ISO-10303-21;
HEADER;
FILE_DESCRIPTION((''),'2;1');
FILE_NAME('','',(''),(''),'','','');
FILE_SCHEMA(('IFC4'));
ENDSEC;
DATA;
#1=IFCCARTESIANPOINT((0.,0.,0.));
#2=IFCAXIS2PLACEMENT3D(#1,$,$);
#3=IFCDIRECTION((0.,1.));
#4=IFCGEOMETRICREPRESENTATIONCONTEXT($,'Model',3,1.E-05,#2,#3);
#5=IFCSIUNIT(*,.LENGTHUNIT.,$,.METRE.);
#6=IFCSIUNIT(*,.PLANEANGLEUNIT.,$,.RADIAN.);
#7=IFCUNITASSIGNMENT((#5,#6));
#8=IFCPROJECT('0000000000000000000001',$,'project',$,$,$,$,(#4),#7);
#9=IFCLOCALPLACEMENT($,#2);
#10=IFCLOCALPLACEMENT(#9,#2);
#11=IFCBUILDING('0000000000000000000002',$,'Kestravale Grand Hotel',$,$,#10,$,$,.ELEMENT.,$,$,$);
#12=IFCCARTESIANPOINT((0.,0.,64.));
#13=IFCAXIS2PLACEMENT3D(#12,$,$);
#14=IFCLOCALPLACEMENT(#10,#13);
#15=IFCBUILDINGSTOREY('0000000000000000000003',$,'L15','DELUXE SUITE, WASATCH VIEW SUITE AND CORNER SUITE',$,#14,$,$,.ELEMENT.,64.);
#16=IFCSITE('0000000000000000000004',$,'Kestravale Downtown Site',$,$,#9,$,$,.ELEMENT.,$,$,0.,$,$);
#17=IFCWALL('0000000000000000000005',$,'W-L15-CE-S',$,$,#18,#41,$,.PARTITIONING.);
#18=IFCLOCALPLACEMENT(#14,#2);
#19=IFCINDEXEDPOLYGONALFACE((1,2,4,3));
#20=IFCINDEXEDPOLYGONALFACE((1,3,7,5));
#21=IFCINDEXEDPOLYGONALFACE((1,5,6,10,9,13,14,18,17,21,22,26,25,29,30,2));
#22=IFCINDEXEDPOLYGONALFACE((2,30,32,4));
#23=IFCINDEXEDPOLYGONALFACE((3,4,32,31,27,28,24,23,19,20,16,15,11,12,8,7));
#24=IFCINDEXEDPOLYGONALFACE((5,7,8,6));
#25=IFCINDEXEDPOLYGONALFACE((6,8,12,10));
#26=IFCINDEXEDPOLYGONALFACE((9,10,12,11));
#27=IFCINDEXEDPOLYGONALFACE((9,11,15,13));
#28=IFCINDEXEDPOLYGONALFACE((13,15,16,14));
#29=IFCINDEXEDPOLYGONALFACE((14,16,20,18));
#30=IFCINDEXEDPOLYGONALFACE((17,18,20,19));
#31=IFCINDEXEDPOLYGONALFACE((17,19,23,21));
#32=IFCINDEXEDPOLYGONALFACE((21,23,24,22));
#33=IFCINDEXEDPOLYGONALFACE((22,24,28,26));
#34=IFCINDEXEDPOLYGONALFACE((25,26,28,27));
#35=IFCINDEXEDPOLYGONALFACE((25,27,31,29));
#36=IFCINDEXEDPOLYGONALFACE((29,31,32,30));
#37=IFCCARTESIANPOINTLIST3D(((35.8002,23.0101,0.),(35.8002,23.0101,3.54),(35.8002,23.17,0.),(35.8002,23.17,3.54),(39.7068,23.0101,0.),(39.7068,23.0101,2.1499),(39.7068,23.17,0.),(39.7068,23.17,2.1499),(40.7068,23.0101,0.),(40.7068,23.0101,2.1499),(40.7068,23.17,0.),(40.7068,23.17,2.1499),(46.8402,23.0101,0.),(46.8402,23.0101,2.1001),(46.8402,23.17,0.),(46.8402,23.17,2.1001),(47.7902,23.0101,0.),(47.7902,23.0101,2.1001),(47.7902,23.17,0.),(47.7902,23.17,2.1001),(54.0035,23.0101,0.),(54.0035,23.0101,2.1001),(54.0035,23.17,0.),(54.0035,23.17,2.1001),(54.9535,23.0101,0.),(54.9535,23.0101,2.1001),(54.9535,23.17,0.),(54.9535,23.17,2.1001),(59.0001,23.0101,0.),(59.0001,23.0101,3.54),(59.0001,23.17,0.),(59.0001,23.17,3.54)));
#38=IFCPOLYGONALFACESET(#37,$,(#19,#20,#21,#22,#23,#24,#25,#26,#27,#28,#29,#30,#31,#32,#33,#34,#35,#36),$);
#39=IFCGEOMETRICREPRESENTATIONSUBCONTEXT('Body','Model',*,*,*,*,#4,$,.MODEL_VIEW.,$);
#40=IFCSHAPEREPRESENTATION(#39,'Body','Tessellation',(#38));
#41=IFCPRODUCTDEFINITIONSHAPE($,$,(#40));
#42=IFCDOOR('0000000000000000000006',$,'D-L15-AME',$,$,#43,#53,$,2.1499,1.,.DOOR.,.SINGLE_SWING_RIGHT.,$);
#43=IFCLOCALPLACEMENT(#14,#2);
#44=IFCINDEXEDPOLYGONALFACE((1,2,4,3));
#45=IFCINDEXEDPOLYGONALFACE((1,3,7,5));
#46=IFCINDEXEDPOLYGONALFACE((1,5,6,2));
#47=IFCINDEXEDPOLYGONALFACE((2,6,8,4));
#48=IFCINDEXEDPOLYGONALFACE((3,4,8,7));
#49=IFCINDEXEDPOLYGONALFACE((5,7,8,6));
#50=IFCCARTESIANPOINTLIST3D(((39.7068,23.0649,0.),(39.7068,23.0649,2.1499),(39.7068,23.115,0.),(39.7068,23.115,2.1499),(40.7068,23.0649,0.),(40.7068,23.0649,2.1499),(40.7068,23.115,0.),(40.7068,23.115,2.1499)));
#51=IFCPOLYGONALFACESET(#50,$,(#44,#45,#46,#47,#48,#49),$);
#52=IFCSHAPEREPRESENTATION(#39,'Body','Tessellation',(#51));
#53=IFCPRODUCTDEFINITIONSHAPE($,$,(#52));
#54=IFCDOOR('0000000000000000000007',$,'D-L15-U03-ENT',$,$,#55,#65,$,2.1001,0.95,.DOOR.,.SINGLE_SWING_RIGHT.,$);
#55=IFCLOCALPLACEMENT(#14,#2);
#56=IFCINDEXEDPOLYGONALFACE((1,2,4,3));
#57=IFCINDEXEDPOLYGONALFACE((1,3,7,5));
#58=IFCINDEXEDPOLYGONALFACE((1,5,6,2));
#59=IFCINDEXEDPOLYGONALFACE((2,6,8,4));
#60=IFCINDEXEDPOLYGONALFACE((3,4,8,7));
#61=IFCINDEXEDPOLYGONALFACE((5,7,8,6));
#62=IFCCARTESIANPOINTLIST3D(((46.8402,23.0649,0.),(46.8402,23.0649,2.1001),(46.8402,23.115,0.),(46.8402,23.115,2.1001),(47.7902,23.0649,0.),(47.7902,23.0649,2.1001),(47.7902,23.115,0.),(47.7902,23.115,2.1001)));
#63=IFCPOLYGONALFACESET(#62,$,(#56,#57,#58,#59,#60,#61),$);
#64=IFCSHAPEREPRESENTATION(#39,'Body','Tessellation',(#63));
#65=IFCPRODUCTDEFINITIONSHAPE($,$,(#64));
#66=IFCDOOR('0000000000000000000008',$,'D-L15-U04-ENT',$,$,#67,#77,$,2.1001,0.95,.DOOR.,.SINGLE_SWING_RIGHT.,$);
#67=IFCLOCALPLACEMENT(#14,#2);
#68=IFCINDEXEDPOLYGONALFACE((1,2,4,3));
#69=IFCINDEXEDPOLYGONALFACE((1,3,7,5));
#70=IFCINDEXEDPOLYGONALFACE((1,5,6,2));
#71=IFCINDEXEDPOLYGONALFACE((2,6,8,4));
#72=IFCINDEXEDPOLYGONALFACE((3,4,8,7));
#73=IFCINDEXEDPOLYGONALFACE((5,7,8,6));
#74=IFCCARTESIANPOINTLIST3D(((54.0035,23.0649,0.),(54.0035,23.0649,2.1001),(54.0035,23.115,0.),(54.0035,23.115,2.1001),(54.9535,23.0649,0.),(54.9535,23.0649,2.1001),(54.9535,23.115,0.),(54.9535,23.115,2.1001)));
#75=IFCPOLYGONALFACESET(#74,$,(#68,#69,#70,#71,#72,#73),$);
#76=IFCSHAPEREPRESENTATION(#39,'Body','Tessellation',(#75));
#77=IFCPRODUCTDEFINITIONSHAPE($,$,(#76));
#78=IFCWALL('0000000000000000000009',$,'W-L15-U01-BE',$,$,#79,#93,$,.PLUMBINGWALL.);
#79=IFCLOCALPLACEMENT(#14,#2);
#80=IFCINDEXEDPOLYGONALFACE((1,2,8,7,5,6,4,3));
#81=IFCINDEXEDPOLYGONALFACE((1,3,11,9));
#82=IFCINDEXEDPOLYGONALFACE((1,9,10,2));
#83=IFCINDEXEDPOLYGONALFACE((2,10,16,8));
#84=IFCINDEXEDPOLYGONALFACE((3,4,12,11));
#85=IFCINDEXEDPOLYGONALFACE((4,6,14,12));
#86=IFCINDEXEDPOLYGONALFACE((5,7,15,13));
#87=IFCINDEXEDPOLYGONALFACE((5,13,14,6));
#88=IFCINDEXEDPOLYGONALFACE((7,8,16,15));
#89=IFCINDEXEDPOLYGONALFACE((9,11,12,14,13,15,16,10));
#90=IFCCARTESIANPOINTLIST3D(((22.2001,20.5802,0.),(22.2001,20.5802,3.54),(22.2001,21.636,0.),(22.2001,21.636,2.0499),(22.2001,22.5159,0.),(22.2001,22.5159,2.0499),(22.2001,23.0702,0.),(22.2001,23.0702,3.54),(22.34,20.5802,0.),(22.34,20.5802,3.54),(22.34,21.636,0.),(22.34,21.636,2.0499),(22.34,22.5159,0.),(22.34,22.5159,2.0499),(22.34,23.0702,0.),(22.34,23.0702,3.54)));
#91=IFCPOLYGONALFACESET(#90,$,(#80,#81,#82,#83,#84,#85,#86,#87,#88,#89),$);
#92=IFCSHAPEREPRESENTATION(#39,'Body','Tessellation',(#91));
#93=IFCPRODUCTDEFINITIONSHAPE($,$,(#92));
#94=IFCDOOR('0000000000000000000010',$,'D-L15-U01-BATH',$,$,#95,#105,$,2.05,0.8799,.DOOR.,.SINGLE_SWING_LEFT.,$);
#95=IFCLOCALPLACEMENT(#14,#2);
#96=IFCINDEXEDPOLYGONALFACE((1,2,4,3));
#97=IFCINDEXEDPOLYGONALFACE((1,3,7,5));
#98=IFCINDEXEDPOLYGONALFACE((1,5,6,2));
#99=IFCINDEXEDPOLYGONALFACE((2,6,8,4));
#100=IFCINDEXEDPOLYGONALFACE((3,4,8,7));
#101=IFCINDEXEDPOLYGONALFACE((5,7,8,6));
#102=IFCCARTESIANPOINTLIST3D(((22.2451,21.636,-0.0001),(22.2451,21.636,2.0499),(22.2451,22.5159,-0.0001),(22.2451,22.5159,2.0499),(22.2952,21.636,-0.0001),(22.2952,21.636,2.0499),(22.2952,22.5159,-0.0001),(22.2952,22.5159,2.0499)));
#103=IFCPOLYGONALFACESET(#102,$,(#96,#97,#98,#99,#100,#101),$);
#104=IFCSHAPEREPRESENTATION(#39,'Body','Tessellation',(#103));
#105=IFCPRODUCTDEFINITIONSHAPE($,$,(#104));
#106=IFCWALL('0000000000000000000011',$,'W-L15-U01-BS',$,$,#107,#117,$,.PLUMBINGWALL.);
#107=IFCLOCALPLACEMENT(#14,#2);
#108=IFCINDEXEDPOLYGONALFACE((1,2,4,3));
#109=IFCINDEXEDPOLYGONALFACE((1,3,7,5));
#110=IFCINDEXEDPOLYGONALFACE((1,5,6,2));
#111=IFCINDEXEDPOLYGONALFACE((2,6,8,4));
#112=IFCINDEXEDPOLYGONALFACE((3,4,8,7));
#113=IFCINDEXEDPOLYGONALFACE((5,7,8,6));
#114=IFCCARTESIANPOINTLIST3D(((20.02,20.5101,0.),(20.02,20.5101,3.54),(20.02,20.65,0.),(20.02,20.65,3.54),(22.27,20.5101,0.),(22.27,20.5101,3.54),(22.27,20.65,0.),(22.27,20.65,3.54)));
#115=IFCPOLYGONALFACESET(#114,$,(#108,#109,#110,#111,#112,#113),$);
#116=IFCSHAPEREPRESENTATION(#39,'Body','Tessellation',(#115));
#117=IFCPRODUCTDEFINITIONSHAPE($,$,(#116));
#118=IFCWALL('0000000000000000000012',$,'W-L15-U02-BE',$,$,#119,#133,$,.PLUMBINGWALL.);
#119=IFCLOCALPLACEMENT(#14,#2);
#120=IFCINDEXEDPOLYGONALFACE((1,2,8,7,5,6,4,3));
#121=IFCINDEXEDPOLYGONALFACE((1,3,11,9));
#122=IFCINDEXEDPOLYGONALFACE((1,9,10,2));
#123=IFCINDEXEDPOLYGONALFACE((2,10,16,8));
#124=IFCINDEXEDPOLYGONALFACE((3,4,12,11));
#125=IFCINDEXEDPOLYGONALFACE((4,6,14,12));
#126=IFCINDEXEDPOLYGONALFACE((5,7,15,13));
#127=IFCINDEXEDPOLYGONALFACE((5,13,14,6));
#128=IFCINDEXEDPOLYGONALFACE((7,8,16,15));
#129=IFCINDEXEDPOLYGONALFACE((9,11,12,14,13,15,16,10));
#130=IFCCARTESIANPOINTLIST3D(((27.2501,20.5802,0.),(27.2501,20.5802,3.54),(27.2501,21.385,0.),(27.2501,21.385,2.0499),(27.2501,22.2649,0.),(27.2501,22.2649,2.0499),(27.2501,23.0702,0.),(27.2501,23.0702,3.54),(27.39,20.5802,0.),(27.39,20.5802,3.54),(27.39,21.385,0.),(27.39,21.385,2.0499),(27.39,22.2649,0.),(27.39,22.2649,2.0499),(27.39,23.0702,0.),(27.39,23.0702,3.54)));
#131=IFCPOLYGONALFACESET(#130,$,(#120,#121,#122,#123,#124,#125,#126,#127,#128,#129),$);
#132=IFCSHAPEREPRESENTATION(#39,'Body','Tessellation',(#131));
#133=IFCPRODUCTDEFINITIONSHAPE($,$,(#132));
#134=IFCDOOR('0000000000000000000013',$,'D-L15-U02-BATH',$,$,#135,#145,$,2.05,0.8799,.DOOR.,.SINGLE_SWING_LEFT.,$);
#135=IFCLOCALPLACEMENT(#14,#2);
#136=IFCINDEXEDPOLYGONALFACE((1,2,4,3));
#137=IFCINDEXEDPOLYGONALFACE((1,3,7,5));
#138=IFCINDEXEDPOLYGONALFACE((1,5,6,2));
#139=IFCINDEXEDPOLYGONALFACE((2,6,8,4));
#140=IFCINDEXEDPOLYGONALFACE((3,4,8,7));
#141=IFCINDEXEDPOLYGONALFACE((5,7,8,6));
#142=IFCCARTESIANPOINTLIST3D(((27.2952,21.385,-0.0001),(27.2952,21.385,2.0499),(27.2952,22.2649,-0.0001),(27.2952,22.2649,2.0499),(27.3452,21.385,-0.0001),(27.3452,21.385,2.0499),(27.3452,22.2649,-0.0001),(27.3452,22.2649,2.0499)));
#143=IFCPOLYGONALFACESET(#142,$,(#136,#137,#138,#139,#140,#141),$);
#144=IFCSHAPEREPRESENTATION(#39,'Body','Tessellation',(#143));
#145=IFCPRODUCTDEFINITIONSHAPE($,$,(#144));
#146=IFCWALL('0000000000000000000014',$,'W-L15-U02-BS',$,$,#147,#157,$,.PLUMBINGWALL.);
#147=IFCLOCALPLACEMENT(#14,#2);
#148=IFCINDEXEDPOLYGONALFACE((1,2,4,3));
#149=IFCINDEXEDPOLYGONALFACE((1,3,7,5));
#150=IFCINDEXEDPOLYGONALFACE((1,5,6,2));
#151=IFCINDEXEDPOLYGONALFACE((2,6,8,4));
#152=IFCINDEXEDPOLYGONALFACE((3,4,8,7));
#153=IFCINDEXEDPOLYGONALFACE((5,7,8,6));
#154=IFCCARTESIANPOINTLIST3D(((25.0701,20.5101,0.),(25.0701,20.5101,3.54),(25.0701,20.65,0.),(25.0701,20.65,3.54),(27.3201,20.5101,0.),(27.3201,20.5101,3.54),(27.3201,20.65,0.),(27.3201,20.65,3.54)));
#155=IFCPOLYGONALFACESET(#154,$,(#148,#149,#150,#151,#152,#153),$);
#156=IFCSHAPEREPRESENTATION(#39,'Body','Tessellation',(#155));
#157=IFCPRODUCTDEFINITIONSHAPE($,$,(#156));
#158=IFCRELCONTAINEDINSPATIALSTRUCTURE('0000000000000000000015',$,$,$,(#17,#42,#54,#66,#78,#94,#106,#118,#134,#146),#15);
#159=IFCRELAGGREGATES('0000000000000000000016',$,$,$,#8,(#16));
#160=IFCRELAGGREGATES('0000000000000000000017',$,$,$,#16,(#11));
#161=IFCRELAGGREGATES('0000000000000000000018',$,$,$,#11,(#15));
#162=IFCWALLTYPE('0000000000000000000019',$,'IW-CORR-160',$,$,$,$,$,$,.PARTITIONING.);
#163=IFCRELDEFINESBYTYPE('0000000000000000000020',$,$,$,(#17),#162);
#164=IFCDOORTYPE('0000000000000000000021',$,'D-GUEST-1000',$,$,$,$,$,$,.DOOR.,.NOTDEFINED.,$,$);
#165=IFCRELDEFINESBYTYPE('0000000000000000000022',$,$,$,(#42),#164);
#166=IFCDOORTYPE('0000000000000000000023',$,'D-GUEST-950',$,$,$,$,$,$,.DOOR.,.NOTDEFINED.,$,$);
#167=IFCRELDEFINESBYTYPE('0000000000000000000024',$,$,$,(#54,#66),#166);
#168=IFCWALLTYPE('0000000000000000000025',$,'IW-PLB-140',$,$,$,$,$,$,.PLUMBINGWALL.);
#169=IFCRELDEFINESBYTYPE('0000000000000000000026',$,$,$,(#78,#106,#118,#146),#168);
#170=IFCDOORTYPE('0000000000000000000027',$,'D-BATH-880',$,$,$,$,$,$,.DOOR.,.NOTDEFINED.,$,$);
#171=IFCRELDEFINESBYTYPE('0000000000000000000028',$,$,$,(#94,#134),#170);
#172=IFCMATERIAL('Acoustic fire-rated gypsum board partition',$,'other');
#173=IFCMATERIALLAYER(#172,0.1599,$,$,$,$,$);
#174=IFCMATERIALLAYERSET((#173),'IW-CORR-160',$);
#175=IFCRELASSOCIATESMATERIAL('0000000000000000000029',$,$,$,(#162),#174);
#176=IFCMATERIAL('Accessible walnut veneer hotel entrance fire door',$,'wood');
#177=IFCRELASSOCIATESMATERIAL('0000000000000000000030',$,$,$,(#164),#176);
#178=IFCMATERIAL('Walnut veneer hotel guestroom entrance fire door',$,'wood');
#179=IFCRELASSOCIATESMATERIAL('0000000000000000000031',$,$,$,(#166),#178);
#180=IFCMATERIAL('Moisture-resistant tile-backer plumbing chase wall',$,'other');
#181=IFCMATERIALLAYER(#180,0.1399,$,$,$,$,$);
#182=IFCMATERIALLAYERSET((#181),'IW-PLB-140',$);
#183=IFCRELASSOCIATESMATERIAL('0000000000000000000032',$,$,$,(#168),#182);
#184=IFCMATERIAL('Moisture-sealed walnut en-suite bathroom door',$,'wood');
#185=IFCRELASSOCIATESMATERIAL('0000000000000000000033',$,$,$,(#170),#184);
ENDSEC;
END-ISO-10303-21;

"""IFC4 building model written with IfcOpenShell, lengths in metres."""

from ifc_helpers import new_model, si_unit, direction, frame, frame_2d, origin, place, context, subcontext, project, spatial, rectangle, extrude, material, layer, layer_set, type_object, element, fill, save


model = new_model("IFC4")

# Units and contexts
model_context = context("Model", 3, precision=1e-05, world=origin(), true_north=direction((0.0, 1.0)))
body_context = subcontext(model_context, "Body", "Model", "MODEL_VIEW")
ifc_project = project(units=[si_unit("LENGTHUNIT", "METRE"), si_unit("PLANEANGLEUNIT", "RADIAN")], contexts=[model_context])

# Site, building, storey
site_placement = place(None, origin())
site = spatial("IfcSite", under=ifc_project, at=site_placement, Name="Kestravale Downtown Site", CompositionType="ELEMENT", RefElevation=0.0)
building_placement = place(site_placement, origin())
building = spatial("IfcBuilding", under=site, at=building_placement, Name="Kestravale Grand Hotel", CompositionType="ELEMENT")
storey_placement = place(building_placement, frame((0.0, 0.0, 64.0)))
storey = spatial("IfcBuildingStorey", under=building, at=storey_placement, Name="L15", Description="DELUXE SUITE, WASATCH VIEW SUITE AND CORNER SUITE", CompositionType="ELEMENT", Elevation=64.0)

# Shared definitions
ifc_material_1 = material(Name="Acoustic fire-rated gypsum board partition", Category="other")
ifc_layer_1 = layer(ifc_material_1, 0.1599)
ifc_layer_set_1 = layer_set([ifc_layer_1], Name="IW-CORR-160")
wall_type_1 = type_object("IfcWallType", Name="IW-CORR-160", PredefinedType="PARTITIONING", material=ifc_layer_set_1)

# Wall, openings, doors
wall_1_placement = place(storey_placement, frame((35.8, 23.0901, 0.0), z_axis=(0.0, 0.0, 1.0), x_axis=(1.0, 0.0, 0.0)))
wall_1 = element("IfcWall", 1, at=wall_1_placement, inside=storey, type_object=wall_type_1, Name="W-L15-CE-S", PredefinedType="PARTITIONING", context=body_context, shape_type="SweptSolid", body=[
    extrude(rectangle(XDim=23.2, YDim=0.1599, at=frame_2d((11.6001, 0.0))), origin(), (0.0, 0.0, 1.0), 3.54),
])
opening_1_placement = place(wall_1_placement, frame((3.9067, 0.0, 0.0)))
opening_1 = element("IfcOpeningElement", 2, at=opening_1_placement, cuts=wall_1, PredefinedType="OPENING", context=body_context, shape_type="SweptSolid", body=[
    extrude(rectangle(XDim=1.0, YDim=2.1499, at=frame_2d((0.5, 1.075))), frame((0.0, 0.0898, 0.0), z_axis=(0.0, -1.0, 0.0), x_axis=(1.0, 0.0, 0.0)), (0.0, 0.0, 1.0), 0.1799),
])
opening_2_placement = place(wall_1_placement, frame((11.04, 0.0, 0.0)))
opening_2 = element("IfcOpeningElement", 3, at=opening_2_placement, cuts=wall_1, PredefinedType="OPENING", context=body_context, shape_type="SweptSolid", body=[
    extrude(rectangle(XDim=0.95, YDim=2.1001, at=frame_2d((0.4751, 1.05))), frame((0.0, 0.0898, 0.0), z_axis=(0.0, -1.0, 0.0), x_axis=(1.0, 0.0, 0.0)), (0.0, 0.0, 1.0), 0.1799),
])
opening_3_placement = place(wall_1_placement, frame((18.2034, 0.0, 0.0)))
opening_3 = element("IfcOpeningElement", 4, at=opening_3_placement, cuts=wall_1, PredefinedType="OPENING", context=body_context, shape_type="SweptSolid", body=[
    extrude(rectangle(XDim=0.95, YDim=2.1001, at=frame_2d((0.4751, 1.05))), frame((0.0, 0.0898, 0.0), z_axis=(0.0, -1.0, 0.0), x_axis=(1.0, 0.0, 0.0)), (0.0, 0.0, 1.0), 0.1799),
])
ifc_material_2 = material(Name="Accessible walnut veneer hotel entrance fire door", Category="wood")
door_type_1 = type_object("IfcDoorType", Name="D-GUEST-1000", OperationType="NOTDEFINED", PredefinedType="DOOR", material=ifc_material_2)
door_1_placement = place(opening_1_placement, origin())
door_1 = element("IfcDoor", 5, at=door_1_placement, inside=storey, type_object=door_type_1, Name="D-L15-AME", OperationType="SINGLE_SWING_RIGHT", OverallHeight=2.1499, OverallWidth=1.0, PredefinedType="DOOR", context=body_context, shape_type="SweptSolid", body=[
    extrude(rectangle(XDim=1.0, YDim=2.1499, at=frame_2d((0.5, 1.075))), frame((0.0, 0.0249, 0.0), z_axis=(0.0, -1.0, 0.0), x_axis=(1.0, 0.0, 0.0)), (0.0, 0.0, 1.0), 0.05),
])
fill(opening_1, door_1)
ifc_material_3 = material(Name="Walnut veneer hotel guestroom entrance fire door", Category="wood")
door_type_2 = type_object("IfcDoorType", Name="D-GUEST-950", OperationType="NOTDEFINED", PredefinedType="DOOR", material=ifc_material_3)
door_2_placement = place(opening_2_placement, origin())
door_2 = element("IfcDoor", 6, at=door_2_placement, inside=storey, type_object=door_type_2, Name="D-L15-U03-ENT", OperationType="SINGLE_SWING_RIGHT", OverallHeight=2.1001, OverallWidth=0.95, PredefinedType="DOOR", context=body_context, shape_type="SweptSolid", body=[
    extrude(rectangle(XDim=0.95, YDim=2.1001, at=frame_2d((0.4751, 1.05))), frame((0.0, 0.0249, 0.0), z_axis=(0.0, -1.0, 0.0), x_axis=(1.0, 0.0, 0.0)), (0.0, 0.0, 1.0), 0.05),
])
fill(opening_2, door_2)
door_3_placement = place(opening_3_placement, origin())
door_3 = element("IfcDoor", 7, at=door_3_placement, inside=storey, type_object=door_type_2, Name="D-L15-U04-ENT", OperationType="SINGLE_SWING_RIGHT", OverallHeight=2.1001, OverallWidth=0.95, PredefinedType="DOOR", context=body_context, shape_type="SweptSolid", body=[
    extrude(rectangle(XDim=0.95, YDim=2.1001, at=frame_2d((0.4751, 1.05))), frame((0.0, 0.0249, 0.0), z_axis=(0.0, -1.0, 0.0), x_axis=(1.0, 0.0, 0.0)), (0.0, 0.0, 1.0), 0.05),
])
fill(opening_3, door_3)

# Wall, opening, door
ifc_material_4 = material(Name="Moisture-resistant tile-backer plumbing chase wall", Category="other")
ifc_layer_2 = layer(ifc_material_4, 0.1399)
ifc_layer_set_2 = layer_set([ifc_layer_2], Name="IW-PLB-140")
wall_type_2 = type_object("IfcWallType", Name="IW-PLB-140", PredefinedType="PLUMBINGWALL", material=ifc_layer_set_2)
wall_2_placement = place(storey_placement, frame((22.27, 20.5801, 0.0), z_axis=(0.0, 0.0, 1.0), x_axis=(0.0, 1.0, 0.0)))
wall_2 = element("IfcWall", 8, at=wall_2_placement, inside=storey, type_object=wall_type_2, Name="W-L15-U01-BE", PredefinedType="PLUMBINGWALL", context=body_context, shape_type="SweptSolid", body=[
    extrude(rectangle(XDim=2.49, YDim=0.1399, at=frame_2d((1.2451, 0.0))), origin(), (0.0, 0.0, 1.0), 3.54),
])
opening_4_placement = place(wall_2_placement, frame((1.0559, 0.0, 0.0)))
opening_4 = element("IfcOpeningElement", 9, at=opening_4_placement, cuts=wall_2, PredefinedType="OPENING", context=body_context, shape_type="SweptSolid", body=[
    extrude(rectangle(XDim=0.8799, YDim=2.05, at=frame_2d((0.4399, 1.0249))), frame((0.0, 0.0798, 0.0), z_axis=(0.0, -1.0, 0.0), x_axis=(1.0, 0.0, 0.0)), (0.0, 0.0, 1.0), 0.1599),
])
ifc_material_5 = material(Name="Moisture-sealed walnut en-suite bathroom door", Category="wood")
door_type_3 = type_object("IfcDoorType", Name="D-BATH-880", OperationType="NOTDEFINED", PredefinedType="DOOR", material=ifc_material_5)
door_4_placement = place(opening_4_placement, origin())
door_4 = element("IfcDoor", 10, at=door_4_placement, inside=storey, type_object=door_type_3, Name="D-L15-U01-BATH", OperationType="SINGLE_SWING_LEFT", OverallHeight=2.05, OverallWidth=0.8799, PredefinedType="DOOR", context=body_context, shape_type="SweptSolid", body=[
    extrude(rectangle(XDim=0.8799, YDim=2.05, at=frame_2d((0.4399, 1.0249))), frame((0.0, 0.0249, 0.0), z_axis=(0.0, -1.0, 0.0), x_axis=(1.0, 0.0, 0.0)), (0.0, 0.0, 1.0), 0.05),
])
fill(opening_4, door_4)

# Wall
wall_3_placement = place(storey_placement, frame((20.02, 20.5801, 0.0), z_axis=(0.0, 0.0, 1.0), x_axis=(1.0, 0.0, 0.0)))
element("IfcWall", 11, at=wall_3_placement, inside=storey, type_object=wall_type_2, Name="W-L15-U01-BS", PredefinedType="PLUMBINGWALL", context=body_context, shape_type="SweptSolid", body=[
    extrude(rectangle(XDim=2.25, YDim=0.1399, at=frame_2d((1.125, 0.0))), origin(), (0.0, 0.0, 1.0), 3.54),
])

# Wall, opening, door
wall_4_placement = place(storey_placement, frame((27.3201, 20.5801, 0.0), z_axis=(0.0, 0.0, 1.0), x_axis=(0.0, 1.0, 0.0)))
wall_4 = element("IfcWall", 12, at=wall_4_placement, inside=storey, type_object=wall_type_2, Name="W-L15-U02-BE", PredefinedType="PLUMBINGWALL", context=body_context, shape_type="SweptSolid", body=[
    extrude(rectangle(XDim=2.49, YDim=0.1399, at=frame_2d((1.2451, 0.0))), origin(), (0.0, 0.0, 1.0), 3.54),
])
opening_5_placement = place(wall_4_placement, frame((0.8049, 0.0, 0.0)))
opening_5 = element("IfcOpeningElement", 13, at=opening_5_placement, cuts=wall_4, PredefinedType="OPENING", context=body_context, shape_type="SweptSolid", body=[
    extrude(rectangle(XDim=0.8799, YDim=2.05, at=frame_2d((0.4399, 1.0249))), frame((0.0, 0.0798, 0.0), z_axis=(0.0, -1.0, 0.0), x_axis=(1.0, 0.0, 0.0)), (0.0, 0.0, 1.0), 0.1599),
])
door_5_placement = place(opening_5_placement, origin())
door_5 = element("IfcDoor", 14, at=door_5_placement, inside=storey, type_object=door_type_3, Name="D-L15-U02-BATH", OperationType="SINGLE_SWING_LEFT", OverallHeight=2.05, OverallWidth=0.8799, PredefinedType="DOOR", context=body_context, shape_type="SweptSolid", body=[
    extrude(rectangle(XDim=0.8799, YDim=2.05, at=frame_2d((0.4399, 1.0249))), frame((0.0, 0.0249, 0.0), z_axis=(0.0, -1.0, 0.0), x_axis=(1.0, 0.0, 0.0)), (0.0, 0.0, 1.0), 0.05),
])
fill(opening_5, door_5)

# Wall
wall_5_placement = place(storey_placement, frame((25.0701, 20.5801, 0.0), z_axis=(0.0, 0.0, 1.0), x_axis=(1.0, 0.0, 0.0)))
element("IfcWall", 15, at=wall_5_placement, inside=storey, type_object=wall_type_2, Name="W-L15-U02-BS", PredefinedType="PLUMBINGWALL", context=body_context, shape_type="SweptSolid", body=[
    extrude(rectangle(XDim=2.25, YDim=0.1399, at=frame_2d((1.125, 0.0))), origin(), (0.0, 0.0, 1.0), 3.54),
])

save(model, "model.ifc")
